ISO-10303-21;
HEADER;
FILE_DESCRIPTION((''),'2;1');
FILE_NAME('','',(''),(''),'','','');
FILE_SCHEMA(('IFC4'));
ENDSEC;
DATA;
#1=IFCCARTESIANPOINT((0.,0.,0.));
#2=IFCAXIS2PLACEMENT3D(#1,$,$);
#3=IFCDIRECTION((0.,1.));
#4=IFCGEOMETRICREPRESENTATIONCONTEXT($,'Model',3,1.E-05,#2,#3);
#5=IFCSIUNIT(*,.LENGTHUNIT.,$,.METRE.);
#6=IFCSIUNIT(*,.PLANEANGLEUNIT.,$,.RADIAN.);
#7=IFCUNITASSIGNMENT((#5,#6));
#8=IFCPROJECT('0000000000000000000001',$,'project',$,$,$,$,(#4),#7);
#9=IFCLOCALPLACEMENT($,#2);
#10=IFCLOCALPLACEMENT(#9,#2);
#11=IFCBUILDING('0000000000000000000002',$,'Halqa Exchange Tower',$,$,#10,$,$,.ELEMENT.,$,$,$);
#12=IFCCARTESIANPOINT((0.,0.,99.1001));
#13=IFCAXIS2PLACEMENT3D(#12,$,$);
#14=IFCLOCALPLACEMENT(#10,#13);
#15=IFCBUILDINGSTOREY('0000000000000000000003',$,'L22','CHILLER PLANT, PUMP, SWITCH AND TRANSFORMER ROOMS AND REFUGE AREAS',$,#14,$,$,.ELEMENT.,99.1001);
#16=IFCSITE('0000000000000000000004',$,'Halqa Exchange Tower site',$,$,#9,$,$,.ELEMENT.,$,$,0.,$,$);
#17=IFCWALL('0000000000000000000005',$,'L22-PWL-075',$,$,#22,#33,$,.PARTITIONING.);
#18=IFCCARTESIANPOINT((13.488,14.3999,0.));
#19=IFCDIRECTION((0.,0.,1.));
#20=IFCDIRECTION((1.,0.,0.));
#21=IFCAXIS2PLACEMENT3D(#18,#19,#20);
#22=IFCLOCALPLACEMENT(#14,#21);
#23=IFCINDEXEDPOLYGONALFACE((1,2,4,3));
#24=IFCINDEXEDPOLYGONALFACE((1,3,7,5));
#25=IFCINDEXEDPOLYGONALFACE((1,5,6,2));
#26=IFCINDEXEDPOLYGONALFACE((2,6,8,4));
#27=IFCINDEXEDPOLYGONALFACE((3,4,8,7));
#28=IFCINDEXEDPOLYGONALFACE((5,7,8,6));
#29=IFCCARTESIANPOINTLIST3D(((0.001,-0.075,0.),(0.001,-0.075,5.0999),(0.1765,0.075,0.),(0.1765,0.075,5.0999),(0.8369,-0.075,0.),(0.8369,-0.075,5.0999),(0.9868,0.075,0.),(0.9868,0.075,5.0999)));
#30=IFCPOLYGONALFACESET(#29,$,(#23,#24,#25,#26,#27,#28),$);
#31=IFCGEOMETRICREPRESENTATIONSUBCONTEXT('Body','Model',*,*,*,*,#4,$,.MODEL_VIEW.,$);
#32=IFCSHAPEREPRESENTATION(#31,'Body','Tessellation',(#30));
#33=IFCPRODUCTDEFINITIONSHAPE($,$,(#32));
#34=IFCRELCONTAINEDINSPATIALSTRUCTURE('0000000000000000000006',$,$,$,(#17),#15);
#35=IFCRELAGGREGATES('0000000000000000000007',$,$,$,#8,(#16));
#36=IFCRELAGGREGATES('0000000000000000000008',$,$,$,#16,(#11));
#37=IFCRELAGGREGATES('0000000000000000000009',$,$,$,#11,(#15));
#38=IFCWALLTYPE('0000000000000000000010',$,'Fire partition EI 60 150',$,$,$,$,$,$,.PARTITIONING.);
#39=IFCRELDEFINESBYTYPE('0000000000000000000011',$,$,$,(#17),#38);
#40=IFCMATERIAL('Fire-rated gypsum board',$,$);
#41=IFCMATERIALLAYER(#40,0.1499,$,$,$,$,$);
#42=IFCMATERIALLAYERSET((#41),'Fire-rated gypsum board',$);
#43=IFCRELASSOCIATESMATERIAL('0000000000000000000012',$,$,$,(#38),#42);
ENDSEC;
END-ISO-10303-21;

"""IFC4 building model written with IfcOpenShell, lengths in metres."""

from ifc_helpers import new_model, si_unit, direction, frame, origin, place, context, subcontext, project, spatial, polyline, outline, extrude, material, layer, layer_set, type_object, element, save


model = new_model("IFC4")

# Units and contexts
model_context = context("Model", 3, precision=1e-05, world=origin(), true_north=direction((0.0, 1.0)))
body_context = subcontext(model_context, "Body", "Model", "MODEL_VIEW")
ifc_project = project(units=[si_unit("LENGTHUNIT", "METRE"), si_unit("PLANEANGLEUNIT", "RADIAN")], contexts=[model_context])

# Site, building, storey
site_placement = place(None, origin())
site = spatial("IfcSite", under=ifc_project, at=site_placement, Name="Halqa Exchange Tower site", CompositionType="ELEMENT", RefElevation=0.0)
building_placement = place(site_placement, origin())
building = spatial("IfcBuilding", under=site, at=building_placement, Name="Halqa Exchange Tower", CompositionType="ELEMENT")
storey_placement = place(building_placement, frame((0.0, 0.0, 99.1001)))
storey = spatial("IfcBuildingStorey", under=building, at=storey_placement, Name="L22", Description="CHILLER PLANT, PUMP, SWITCH AND TRANSFORMER ROOMS AND REFUGE AREAS", CompositionType="ELEMENT", Elevation=99.1001)

# Wall
ifc_material_1 = material(Name="Fire-rated gypsum board")
ifc_layer_1 = layer(ifc_material_1, 0.1499)
ifc_layer_set_1 = layer_set([ifc_layer_1], Name="Fire-rated gypsum board")
wall_type_1 = type_object("IfcWallType", Name="Fire partition EI 60 150", PredefinedType="PARTITIONING", material=ifc_layer_set_1)
wall_1_placement = place(storey_placement, frame((13.488, 14.3999, 0.0), z_axis=(0.0, 0.0, 1.0), x_axis=(1.0, 0.0, 0.0)))
element("IfcWall", 1, at=wall_1_placement, inside=storey, type_object=wall_type_1, Name="L22-PWL-075", PredefinedType="PARTITIONING", context=body_context, shape_type="SweptSolid", body=[
    extrude(outline(polyline([(0.001, -0.075), (0.8369, -0.075), (0.8369, -0.075), (0.9868, 0.075), (0.1765, 0.075), (0.001, -0.075)])), origin(), (0.0, 0.0, 1.0), 5.0999),
])

save(model, "model.ifc")
